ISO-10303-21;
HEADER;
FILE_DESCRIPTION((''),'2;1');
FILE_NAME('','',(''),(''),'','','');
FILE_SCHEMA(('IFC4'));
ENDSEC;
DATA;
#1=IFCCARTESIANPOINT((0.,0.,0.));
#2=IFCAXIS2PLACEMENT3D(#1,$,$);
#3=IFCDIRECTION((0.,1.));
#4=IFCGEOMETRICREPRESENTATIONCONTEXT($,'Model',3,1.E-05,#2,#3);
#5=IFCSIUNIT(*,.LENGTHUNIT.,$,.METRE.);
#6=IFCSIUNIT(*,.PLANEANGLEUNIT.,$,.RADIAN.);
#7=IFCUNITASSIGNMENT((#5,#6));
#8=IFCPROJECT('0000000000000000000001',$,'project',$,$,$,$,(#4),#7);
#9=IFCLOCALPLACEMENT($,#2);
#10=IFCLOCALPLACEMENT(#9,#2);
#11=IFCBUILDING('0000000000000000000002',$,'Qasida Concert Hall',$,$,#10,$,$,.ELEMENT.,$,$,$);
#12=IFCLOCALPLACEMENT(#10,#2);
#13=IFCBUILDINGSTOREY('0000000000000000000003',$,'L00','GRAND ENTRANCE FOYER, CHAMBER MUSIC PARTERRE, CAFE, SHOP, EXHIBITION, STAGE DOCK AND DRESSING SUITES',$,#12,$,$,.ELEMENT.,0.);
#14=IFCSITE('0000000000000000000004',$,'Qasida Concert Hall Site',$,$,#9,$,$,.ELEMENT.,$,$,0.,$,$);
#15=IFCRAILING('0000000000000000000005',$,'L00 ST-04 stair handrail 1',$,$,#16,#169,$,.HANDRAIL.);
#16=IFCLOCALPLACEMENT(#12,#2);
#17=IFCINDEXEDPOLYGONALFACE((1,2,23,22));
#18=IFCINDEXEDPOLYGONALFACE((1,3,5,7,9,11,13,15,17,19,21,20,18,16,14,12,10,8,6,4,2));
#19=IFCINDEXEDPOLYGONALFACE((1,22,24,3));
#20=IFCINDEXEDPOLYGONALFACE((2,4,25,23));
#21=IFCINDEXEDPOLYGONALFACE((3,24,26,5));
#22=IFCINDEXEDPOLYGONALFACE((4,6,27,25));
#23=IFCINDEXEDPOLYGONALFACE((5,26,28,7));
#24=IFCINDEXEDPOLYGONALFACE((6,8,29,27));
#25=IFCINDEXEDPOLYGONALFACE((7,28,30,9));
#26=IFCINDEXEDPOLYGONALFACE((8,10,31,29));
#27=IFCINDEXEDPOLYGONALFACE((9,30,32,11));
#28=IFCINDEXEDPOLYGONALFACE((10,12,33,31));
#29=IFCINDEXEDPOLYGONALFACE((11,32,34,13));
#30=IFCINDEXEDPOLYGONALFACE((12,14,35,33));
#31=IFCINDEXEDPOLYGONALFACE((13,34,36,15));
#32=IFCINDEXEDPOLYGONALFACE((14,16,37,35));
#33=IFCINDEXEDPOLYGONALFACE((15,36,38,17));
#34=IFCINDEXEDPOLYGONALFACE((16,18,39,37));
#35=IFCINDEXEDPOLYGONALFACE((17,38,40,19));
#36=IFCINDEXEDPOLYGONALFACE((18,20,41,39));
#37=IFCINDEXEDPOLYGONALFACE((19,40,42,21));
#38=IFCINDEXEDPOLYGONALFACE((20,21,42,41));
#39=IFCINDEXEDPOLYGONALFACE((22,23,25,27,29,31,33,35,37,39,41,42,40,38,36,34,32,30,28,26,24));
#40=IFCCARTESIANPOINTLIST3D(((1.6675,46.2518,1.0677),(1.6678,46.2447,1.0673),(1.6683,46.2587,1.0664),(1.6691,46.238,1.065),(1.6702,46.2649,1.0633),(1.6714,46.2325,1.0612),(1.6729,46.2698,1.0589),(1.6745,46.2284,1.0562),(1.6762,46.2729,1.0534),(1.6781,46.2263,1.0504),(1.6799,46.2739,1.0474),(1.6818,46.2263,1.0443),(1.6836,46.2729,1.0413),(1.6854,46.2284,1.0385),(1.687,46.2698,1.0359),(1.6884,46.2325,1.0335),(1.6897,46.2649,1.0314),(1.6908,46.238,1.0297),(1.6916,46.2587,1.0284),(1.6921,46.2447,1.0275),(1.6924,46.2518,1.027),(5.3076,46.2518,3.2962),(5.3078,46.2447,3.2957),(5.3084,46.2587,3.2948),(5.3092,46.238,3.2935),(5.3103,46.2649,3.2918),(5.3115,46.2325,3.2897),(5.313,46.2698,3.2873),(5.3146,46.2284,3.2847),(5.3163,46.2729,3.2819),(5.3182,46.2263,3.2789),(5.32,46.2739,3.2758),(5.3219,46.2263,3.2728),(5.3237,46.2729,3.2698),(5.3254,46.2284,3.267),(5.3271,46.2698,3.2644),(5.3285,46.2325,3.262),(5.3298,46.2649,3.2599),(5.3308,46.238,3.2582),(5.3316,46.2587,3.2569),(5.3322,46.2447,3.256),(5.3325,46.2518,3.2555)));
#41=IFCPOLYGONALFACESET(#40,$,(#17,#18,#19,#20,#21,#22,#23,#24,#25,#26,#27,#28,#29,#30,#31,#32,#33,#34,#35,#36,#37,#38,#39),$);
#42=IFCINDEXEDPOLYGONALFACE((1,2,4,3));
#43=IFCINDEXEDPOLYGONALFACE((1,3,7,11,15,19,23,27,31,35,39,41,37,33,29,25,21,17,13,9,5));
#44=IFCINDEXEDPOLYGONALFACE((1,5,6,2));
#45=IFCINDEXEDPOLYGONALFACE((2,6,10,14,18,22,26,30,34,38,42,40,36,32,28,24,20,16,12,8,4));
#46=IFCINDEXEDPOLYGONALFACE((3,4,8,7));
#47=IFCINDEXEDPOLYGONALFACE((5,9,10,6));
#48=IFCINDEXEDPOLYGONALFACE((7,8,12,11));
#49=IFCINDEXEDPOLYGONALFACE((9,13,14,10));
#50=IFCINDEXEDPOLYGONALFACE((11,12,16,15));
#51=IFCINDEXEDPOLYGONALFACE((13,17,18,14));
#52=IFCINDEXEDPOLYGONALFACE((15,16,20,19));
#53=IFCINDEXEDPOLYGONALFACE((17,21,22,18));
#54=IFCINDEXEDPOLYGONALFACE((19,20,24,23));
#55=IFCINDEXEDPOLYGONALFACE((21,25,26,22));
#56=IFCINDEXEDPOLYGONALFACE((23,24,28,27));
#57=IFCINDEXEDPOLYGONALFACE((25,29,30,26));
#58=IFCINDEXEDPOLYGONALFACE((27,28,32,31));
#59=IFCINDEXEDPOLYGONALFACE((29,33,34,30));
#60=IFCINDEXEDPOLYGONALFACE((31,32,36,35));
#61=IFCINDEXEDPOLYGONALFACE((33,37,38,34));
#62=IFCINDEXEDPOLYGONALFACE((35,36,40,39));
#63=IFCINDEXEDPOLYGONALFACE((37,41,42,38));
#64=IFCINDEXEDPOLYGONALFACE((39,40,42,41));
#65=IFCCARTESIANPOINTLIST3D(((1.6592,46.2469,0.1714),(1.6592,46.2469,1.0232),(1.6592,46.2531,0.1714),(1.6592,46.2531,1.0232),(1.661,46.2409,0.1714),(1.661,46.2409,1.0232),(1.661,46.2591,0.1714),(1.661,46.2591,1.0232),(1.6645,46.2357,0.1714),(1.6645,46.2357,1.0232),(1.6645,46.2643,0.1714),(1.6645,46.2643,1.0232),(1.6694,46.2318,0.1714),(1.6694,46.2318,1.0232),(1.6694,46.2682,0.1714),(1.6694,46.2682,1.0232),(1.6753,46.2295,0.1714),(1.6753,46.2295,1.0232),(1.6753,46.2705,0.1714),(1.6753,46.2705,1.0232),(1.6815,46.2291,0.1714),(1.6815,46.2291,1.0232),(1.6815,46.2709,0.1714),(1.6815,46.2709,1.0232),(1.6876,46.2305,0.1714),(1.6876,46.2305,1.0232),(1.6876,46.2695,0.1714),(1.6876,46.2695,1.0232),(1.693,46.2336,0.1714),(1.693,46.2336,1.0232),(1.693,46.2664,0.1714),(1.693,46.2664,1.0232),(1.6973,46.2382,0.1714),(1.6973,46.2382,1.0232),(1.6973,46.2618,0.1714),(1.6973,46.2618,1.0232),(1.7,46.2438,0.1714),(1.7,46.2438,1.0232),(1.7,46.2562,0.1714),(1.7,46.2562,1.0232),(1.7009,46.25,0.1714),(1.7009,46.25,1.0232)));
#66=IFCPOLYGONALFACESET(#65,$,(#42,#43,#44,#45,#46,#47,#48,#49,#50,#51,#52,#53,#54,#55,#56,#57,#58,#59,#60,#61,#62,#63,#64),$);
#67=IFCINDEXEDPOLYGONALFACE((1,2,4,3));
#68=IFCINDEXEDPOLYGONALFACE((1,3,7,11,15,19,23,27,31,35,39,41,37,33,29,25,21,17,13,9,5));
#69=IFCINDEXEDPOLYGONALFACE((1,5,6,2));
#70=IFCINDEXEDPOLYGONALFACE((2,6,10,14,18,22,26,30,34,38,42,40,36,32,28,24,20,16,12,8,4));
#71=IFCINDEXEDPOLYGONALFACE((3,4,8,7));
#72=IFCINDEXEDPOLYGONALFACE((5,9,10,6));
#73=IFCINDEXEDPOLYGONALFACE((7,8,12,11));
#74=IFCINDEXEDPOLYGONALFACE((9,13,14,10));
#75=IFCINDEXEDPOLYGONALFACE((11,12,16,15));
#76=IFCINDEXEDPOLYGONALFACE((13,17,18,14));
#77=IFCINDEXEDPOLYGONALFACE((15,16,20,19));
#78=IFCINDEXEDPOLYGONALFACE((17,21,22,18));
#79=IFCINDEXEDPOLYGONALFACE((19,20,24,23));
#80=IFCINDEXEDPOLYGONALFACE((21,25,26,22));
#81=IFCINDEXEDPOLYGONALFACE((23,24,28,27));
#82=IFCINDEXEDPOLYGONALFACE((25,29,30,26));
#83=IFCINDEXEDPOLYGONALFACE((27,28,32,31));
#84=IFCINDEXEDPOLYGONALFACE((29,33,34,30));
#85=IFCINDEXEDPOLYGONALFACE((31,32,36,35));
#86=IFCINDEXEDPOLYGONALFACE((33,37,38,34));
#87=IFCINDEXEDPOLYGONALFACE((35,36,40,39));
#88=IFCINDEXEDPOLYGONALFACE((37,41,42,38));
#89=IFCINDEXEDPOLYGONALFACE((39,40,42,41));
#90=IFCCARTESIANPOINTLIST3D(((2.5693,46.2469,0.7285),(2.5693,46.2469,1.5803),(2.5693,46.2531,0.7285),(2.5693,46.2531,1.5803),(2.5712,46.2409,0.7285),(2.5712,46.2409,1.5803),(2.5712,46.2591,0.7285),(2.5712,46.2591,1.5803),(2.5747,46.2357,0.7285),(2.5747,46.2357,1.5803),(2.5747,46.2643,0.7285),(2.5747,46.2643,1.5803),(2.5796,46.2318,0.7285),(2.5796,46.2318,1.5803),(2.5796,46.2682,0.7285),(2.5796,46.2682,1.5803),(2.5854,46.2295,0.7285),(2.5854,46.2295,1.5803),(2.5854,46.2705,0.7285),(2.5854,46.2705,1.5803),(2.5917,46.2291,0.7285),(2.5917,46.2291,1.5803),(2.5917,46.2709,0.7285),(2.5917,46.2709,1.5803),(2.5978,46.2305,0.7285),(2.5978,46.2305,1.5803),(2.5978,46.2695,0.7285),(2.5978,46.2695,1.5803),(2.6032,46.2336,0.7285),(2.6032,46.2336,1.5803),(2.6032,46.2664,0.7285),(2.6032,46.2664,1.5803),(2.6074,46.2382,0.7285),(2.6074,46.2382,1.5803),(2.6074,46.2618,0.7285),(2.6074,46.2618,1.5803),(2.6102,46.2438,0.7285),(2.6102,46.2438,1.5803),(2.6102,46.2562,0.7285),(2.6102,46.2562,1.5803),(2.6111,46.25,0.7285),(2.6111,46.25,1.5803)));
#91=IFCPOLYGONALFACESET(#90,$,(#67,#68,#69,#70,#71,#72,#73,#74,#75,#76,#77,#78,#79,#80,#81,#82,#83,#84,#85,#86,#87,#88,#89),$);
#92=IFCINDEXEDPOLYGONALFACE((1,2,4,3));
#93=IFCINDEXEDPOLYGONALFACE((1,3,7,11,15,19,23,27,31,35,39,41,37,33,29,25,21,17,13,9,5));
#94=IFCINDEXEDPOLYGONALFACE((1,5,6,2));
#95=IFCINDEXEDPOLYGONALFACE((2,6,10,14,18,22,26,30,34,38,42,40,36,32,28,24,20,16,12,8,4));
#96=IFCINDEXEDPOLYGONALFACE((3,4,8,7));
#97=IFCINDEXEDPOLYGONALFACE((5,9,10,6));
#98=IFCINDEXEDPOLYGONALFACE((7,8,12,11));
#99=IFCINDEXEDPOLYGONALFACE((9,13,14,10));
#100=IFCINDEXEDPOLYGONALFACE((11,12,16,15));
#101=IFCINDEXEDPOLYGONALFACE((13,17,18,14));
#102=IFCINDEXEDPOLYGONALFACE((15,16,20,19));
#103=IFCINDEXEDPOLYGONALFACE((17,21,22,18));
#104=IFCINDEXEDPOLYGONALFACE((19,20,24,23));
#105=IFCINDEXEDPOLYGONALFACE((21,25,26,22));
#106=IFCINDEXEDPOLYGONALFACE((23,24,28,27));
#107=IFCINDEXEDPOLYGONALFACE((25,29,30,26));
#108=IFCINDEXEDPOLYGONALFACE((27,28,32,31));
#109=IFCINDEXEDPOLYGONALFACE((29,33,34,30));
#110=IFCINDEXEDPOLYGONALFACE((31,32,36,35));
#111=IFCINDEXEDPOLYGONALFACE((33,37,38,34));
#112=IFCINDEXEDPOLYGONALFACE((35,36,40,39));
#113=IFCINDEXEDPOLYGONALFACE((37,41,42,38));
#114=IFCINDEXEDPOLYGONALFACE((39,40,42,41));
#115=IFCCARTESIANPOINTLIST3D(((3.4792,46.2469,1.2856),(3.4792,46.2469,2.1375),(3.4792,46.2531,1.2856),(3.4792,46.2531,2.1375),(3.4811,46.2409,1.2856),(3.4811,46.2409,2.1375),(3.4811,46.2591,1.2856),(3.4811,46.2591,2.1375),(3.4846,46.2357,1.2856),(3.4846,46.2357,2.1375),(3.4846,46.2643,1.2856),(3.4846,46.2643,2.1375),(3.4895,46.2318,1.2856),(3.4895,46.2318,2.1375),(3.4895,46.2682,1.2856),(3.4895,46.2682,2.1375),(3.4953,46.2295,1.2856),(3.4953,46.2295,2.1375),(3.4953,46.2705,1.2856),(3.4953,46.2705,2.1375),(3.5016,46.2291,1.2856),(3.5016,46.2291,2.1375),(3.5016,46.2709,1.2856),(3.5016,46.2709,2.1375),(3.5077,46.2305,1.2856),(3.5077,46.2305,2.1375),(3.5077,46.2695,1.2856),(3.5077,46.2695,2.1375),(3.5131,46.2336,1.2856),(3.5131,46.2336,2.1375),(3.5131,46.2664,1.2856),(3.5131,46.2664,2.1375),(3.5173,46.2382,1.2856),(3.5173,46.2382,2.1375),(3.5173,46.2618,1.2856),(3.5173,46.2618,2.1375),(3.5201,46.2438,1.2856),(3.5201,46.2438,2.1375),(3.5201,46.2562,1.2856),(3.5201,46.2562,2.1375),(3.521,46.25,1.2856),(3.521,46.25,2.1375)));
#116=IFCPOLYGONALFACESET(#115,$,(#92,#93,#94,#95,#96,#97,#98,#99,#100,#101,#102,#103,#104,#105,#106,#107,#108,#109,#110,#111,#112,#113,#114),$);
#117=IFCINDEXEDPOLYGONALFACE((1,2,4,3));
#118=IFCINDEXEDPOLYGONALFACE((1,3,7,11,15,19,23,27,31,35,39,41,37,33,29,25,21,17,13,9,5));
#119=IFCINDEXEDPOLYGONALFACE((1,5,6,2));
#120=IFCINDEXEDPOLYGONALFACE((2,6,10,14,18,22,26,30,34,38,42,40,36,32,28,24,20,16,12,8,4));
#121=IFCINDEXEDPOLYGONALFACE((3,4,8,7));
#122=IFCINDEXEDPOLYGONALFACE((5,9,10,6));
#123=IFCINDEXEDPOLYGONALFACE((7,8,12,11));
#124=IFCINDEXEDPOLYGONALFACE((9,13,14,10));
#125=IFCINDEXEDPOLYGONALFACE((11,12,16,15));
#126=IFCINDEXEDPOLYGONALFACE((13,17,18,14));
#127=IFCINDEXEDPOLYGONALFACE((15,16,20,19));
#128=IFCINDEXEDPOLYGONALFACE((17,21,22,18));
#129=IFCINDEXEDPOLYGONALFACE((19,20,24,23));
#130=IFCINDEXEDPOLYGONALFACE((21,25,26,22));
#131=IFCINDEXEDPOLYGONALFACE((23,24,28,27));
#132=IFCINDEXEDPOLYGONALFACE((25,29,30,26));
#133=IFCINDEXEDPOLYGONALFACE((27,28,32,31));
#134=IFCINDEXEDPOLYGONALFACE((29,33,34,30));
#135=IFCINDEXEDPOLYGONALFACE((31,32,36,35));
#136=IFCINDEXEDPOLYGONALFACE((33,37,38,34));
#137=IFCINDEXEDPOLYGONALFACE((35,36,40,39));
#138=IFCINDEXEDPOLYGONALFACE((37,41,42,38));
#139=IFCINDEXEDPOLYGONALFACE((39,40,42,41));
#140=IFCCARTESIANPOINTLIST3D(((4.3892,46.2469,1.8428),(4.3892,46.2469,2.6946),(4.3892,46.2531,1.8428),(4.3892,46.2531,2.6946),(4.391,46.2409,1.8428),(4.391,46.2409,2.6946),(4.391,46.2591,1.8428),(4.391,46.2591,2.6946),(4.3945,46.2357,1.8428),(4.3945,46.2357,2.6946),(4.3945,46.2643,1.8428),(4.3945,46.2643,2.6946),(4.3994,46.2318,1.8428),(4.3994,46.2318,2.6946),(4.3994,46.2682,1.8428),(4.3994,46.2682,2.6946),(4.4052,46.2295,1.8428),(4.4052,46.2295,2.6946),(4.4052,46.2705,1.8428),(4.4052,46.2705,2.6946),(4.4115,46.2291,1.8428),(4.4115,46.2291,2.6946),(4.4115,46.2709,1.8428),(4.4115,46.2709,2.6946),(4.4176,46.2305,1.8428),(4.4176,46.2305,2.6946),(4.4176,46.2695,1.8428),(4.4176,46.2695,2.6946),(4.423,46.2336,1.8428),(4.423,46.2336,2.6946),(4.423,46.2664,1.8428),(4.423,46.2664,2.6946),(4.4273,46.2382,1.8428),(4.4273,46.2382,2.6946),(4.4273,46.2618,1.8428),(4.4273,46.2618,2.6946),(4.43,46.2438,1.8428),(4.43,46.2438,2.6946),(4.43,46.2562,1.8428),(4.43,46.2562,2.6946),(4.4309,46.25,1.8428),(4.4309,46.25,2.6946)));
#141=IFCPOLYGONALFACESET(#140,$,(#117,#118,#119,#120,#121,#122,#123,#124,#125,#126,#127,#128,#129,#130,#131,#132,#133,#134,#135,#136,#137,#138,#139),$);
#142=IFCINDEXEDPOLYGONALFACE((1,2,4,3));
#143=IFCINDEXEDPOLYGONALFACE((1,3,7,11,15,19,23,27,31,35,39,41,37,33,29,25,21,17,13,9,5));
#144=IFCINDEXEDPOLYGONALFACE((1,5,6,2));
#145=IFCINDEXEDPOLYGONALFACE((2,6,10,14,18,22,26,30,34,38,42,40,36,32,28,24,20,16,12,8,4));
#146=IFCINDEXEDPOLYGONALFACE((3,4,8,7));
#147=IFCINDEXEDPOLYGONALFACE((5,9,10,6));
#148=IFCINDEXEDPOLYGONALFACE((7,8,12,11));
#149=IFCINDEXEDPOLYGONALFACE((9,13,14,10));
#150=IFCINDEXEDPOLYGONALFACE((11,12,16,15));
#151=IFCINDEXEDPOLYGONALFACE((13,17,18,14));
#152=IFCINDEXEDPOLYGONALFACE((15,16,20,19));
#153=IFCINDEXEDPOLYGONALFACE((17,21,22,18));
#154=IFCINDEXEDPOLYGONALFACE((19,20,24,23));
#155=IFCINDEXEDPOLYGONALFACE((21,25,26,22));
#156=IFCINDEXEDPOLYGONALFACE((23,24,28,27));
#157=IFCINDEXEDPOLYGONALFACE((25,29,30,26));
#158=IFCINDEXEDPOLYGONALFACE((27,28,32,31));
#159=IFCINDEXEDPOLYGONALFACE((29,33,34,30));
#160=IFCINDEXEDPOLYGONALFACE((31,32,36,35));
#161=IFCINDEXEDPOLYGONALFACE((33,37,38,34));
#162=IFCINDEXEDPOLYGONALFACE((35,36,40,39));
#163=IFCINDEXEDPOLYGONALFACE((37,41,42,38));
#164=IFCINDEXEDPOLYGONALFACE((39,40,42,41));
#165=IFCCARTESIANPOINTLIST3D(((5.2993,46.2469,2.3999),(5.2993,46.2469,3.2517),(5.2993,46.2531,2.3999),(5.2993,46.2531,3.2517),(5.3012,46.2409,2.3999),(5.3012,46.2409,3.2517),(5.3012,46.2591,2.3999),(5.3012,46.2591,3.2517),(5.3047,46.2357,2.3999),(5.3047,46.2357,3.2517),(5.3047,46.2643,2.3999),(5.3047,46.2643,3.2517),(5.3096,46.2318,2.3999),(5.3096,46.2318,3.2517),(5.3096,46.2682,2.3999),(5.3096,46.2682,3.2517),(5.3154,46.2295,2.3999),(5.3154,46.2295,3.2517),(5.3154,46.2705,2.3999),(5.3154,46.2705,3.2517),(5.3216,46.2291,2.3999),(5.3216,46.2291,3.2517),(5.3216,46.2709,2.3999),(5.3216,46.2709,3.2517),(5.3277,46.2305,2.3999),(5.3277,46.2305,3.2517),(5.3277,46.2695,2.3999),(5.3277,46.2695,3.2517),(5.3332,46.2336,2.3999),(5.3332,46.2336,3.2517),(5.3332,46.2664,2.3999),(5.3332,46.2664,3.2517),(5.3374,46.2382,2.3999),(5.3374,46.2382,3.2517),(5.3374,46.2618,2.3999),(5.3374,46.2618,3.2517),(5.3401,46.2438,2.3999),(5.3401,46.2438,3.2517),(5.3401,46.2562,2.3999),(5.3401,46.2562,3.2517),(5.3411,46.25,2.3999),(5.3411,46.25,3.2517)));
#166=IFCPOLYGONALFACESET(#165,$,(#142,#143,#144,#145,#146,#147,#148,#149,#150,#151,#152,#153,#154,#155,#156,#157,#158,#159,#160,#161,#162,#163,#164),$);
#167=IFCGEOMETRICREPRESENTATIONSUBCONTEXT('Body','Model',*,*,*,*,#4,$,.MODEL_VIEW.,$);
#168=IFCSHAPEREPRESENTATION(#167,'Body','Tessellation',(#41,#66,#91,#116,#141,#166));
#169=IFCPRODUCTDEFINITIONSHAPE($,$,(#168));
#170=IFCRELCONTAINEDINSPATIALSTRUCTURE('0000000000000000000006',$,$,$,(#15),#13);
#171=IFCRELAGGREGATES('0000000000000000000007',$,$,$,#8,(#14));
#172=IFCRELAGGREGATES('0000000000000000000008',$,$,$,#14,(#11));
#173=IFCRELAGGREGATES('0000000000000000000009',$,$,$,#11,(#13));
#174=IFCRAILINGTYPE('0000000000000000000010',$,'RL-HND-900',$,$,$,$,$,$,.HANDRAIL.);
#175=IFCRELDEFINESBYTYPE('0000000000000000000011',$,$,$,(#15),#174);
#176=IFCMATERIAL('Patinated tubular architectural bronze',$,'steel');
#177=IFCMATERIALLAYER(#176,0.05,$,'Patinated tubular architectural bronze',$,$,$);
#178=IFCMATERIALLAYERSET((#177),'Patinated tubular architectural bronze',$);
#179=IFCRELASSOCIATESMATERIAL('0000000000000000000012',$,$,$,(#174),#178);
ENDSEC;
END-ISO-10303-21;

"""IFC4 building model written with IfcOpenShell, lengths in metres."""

from ifc_helpers import new_model, si_unit, direction, frame, origin, origin_2d, place, context, subcontext, project, spatial, circle, extrude, material, layer, layer_set, type_object, element, save


model = new_model("IFC4")

# Units and contexts
model_context = context("Model", 3, precision=1e-05, world=origin(), true_north=direction((0.0, 1.0)))
body_context = subcontext(model_context, "Body", "Model", "MODEL_VIEW")
ifc_project = project(units=[si_unit("LENGTHUNIT", "METRE"), si_unit("PLANEANGLEUNIT", "RADIAN")], contexts=[model_context])

# Site, building, storey
site_placement = place(None, origin())
site = spatial("IfcSite", under=ifc_project, at=site_placement, Name="Qasida Concert Hall Site", CompositionType="ELEMENT", RefElevation=0.0)
building_placement = place(site_placement, origin())
building = spatial("IfcBuilding", under=site, at=building_placement, Name="Qasida Concert Hall", CompositionType="ELEMENT")
storey_placement = place(building_placement, origin())
storey = spatial("IfcBuildingStorey", under=building, at=storey_placement, Name="L00", Description="GRAND ENTRANCE FOYER, CHAMBER MUSIC PARTERRE, CAFE, SHOP, EXHIBITION, STAGE DOCK AND DRESSING SUITES", CompositionType="ELEMENT", Elevation=0.0)

# Railing
ifc_material_1 = material(Name="Patinated tubular architectural bronze", Category="steel")
ifc_layer_1 = layer(ifc_material_1, 0.05, Name="Patinated tubular architectural bronze")
ifc_layer_set_1 = layer_set([ifc_layer_1], Name="Patinated tubular architectural bronze")
railing_type_1 = type_object("IfcRailingType", Name="RL-HND-900", PredefinedType="HANDRAIL", material=ifc_layer_set_1)
railing_1_placement = place(storey_placement, frame((1.6799, 46.25, 0.1714)))
element("IfcRailing", 1, at=railing_1_placement, inside=storey, type_object=railing_type_1, Name="L00 ST-04 stair handrail 1", PredefinedType="HANDRAIL", context=body_context, shape_type="SweptSolid", body=[
    extrude(circle(Radius=0.0239, at=origin_2d()), frame((0.0, 0.0, 0.876), z_axis=(0.852866, 0.0, 0.52213), x_axis=(0.0, 1.0, 0.0)), (0.0, 0.0, 1.0), 4.2681),
    extrude(circle(Radius=0.021, at=origin_2d()), origin(), (0.0, 0.0, 1.0), 0.8518),
    extrude(circle(Radius=0.021, at=origin_2d()), frame((0.9102, 0.0, 0.5571)), (0.0, 0.0, 1.0), 0.8518),
    extrude(circle(Radius=0.021, at=origin_2d()), frame((1.8201, 0.0, 1.1143)), (0.0, 0.0, 1.0), 0.8518),
    extrude(circle(Radius=0.021, at=origin_2d()), frame((2.73, 0.0, 1.6714)), (0.0, 0.0, 1.0), 0.8518),
    extrude(circle(Radius=0.021, at=origin_2d()), frame((3.6401, 0.0, 2.2285)), (0.0, 0.0, 1.0), 0.8518),
])

save(model, "model.ifc")
